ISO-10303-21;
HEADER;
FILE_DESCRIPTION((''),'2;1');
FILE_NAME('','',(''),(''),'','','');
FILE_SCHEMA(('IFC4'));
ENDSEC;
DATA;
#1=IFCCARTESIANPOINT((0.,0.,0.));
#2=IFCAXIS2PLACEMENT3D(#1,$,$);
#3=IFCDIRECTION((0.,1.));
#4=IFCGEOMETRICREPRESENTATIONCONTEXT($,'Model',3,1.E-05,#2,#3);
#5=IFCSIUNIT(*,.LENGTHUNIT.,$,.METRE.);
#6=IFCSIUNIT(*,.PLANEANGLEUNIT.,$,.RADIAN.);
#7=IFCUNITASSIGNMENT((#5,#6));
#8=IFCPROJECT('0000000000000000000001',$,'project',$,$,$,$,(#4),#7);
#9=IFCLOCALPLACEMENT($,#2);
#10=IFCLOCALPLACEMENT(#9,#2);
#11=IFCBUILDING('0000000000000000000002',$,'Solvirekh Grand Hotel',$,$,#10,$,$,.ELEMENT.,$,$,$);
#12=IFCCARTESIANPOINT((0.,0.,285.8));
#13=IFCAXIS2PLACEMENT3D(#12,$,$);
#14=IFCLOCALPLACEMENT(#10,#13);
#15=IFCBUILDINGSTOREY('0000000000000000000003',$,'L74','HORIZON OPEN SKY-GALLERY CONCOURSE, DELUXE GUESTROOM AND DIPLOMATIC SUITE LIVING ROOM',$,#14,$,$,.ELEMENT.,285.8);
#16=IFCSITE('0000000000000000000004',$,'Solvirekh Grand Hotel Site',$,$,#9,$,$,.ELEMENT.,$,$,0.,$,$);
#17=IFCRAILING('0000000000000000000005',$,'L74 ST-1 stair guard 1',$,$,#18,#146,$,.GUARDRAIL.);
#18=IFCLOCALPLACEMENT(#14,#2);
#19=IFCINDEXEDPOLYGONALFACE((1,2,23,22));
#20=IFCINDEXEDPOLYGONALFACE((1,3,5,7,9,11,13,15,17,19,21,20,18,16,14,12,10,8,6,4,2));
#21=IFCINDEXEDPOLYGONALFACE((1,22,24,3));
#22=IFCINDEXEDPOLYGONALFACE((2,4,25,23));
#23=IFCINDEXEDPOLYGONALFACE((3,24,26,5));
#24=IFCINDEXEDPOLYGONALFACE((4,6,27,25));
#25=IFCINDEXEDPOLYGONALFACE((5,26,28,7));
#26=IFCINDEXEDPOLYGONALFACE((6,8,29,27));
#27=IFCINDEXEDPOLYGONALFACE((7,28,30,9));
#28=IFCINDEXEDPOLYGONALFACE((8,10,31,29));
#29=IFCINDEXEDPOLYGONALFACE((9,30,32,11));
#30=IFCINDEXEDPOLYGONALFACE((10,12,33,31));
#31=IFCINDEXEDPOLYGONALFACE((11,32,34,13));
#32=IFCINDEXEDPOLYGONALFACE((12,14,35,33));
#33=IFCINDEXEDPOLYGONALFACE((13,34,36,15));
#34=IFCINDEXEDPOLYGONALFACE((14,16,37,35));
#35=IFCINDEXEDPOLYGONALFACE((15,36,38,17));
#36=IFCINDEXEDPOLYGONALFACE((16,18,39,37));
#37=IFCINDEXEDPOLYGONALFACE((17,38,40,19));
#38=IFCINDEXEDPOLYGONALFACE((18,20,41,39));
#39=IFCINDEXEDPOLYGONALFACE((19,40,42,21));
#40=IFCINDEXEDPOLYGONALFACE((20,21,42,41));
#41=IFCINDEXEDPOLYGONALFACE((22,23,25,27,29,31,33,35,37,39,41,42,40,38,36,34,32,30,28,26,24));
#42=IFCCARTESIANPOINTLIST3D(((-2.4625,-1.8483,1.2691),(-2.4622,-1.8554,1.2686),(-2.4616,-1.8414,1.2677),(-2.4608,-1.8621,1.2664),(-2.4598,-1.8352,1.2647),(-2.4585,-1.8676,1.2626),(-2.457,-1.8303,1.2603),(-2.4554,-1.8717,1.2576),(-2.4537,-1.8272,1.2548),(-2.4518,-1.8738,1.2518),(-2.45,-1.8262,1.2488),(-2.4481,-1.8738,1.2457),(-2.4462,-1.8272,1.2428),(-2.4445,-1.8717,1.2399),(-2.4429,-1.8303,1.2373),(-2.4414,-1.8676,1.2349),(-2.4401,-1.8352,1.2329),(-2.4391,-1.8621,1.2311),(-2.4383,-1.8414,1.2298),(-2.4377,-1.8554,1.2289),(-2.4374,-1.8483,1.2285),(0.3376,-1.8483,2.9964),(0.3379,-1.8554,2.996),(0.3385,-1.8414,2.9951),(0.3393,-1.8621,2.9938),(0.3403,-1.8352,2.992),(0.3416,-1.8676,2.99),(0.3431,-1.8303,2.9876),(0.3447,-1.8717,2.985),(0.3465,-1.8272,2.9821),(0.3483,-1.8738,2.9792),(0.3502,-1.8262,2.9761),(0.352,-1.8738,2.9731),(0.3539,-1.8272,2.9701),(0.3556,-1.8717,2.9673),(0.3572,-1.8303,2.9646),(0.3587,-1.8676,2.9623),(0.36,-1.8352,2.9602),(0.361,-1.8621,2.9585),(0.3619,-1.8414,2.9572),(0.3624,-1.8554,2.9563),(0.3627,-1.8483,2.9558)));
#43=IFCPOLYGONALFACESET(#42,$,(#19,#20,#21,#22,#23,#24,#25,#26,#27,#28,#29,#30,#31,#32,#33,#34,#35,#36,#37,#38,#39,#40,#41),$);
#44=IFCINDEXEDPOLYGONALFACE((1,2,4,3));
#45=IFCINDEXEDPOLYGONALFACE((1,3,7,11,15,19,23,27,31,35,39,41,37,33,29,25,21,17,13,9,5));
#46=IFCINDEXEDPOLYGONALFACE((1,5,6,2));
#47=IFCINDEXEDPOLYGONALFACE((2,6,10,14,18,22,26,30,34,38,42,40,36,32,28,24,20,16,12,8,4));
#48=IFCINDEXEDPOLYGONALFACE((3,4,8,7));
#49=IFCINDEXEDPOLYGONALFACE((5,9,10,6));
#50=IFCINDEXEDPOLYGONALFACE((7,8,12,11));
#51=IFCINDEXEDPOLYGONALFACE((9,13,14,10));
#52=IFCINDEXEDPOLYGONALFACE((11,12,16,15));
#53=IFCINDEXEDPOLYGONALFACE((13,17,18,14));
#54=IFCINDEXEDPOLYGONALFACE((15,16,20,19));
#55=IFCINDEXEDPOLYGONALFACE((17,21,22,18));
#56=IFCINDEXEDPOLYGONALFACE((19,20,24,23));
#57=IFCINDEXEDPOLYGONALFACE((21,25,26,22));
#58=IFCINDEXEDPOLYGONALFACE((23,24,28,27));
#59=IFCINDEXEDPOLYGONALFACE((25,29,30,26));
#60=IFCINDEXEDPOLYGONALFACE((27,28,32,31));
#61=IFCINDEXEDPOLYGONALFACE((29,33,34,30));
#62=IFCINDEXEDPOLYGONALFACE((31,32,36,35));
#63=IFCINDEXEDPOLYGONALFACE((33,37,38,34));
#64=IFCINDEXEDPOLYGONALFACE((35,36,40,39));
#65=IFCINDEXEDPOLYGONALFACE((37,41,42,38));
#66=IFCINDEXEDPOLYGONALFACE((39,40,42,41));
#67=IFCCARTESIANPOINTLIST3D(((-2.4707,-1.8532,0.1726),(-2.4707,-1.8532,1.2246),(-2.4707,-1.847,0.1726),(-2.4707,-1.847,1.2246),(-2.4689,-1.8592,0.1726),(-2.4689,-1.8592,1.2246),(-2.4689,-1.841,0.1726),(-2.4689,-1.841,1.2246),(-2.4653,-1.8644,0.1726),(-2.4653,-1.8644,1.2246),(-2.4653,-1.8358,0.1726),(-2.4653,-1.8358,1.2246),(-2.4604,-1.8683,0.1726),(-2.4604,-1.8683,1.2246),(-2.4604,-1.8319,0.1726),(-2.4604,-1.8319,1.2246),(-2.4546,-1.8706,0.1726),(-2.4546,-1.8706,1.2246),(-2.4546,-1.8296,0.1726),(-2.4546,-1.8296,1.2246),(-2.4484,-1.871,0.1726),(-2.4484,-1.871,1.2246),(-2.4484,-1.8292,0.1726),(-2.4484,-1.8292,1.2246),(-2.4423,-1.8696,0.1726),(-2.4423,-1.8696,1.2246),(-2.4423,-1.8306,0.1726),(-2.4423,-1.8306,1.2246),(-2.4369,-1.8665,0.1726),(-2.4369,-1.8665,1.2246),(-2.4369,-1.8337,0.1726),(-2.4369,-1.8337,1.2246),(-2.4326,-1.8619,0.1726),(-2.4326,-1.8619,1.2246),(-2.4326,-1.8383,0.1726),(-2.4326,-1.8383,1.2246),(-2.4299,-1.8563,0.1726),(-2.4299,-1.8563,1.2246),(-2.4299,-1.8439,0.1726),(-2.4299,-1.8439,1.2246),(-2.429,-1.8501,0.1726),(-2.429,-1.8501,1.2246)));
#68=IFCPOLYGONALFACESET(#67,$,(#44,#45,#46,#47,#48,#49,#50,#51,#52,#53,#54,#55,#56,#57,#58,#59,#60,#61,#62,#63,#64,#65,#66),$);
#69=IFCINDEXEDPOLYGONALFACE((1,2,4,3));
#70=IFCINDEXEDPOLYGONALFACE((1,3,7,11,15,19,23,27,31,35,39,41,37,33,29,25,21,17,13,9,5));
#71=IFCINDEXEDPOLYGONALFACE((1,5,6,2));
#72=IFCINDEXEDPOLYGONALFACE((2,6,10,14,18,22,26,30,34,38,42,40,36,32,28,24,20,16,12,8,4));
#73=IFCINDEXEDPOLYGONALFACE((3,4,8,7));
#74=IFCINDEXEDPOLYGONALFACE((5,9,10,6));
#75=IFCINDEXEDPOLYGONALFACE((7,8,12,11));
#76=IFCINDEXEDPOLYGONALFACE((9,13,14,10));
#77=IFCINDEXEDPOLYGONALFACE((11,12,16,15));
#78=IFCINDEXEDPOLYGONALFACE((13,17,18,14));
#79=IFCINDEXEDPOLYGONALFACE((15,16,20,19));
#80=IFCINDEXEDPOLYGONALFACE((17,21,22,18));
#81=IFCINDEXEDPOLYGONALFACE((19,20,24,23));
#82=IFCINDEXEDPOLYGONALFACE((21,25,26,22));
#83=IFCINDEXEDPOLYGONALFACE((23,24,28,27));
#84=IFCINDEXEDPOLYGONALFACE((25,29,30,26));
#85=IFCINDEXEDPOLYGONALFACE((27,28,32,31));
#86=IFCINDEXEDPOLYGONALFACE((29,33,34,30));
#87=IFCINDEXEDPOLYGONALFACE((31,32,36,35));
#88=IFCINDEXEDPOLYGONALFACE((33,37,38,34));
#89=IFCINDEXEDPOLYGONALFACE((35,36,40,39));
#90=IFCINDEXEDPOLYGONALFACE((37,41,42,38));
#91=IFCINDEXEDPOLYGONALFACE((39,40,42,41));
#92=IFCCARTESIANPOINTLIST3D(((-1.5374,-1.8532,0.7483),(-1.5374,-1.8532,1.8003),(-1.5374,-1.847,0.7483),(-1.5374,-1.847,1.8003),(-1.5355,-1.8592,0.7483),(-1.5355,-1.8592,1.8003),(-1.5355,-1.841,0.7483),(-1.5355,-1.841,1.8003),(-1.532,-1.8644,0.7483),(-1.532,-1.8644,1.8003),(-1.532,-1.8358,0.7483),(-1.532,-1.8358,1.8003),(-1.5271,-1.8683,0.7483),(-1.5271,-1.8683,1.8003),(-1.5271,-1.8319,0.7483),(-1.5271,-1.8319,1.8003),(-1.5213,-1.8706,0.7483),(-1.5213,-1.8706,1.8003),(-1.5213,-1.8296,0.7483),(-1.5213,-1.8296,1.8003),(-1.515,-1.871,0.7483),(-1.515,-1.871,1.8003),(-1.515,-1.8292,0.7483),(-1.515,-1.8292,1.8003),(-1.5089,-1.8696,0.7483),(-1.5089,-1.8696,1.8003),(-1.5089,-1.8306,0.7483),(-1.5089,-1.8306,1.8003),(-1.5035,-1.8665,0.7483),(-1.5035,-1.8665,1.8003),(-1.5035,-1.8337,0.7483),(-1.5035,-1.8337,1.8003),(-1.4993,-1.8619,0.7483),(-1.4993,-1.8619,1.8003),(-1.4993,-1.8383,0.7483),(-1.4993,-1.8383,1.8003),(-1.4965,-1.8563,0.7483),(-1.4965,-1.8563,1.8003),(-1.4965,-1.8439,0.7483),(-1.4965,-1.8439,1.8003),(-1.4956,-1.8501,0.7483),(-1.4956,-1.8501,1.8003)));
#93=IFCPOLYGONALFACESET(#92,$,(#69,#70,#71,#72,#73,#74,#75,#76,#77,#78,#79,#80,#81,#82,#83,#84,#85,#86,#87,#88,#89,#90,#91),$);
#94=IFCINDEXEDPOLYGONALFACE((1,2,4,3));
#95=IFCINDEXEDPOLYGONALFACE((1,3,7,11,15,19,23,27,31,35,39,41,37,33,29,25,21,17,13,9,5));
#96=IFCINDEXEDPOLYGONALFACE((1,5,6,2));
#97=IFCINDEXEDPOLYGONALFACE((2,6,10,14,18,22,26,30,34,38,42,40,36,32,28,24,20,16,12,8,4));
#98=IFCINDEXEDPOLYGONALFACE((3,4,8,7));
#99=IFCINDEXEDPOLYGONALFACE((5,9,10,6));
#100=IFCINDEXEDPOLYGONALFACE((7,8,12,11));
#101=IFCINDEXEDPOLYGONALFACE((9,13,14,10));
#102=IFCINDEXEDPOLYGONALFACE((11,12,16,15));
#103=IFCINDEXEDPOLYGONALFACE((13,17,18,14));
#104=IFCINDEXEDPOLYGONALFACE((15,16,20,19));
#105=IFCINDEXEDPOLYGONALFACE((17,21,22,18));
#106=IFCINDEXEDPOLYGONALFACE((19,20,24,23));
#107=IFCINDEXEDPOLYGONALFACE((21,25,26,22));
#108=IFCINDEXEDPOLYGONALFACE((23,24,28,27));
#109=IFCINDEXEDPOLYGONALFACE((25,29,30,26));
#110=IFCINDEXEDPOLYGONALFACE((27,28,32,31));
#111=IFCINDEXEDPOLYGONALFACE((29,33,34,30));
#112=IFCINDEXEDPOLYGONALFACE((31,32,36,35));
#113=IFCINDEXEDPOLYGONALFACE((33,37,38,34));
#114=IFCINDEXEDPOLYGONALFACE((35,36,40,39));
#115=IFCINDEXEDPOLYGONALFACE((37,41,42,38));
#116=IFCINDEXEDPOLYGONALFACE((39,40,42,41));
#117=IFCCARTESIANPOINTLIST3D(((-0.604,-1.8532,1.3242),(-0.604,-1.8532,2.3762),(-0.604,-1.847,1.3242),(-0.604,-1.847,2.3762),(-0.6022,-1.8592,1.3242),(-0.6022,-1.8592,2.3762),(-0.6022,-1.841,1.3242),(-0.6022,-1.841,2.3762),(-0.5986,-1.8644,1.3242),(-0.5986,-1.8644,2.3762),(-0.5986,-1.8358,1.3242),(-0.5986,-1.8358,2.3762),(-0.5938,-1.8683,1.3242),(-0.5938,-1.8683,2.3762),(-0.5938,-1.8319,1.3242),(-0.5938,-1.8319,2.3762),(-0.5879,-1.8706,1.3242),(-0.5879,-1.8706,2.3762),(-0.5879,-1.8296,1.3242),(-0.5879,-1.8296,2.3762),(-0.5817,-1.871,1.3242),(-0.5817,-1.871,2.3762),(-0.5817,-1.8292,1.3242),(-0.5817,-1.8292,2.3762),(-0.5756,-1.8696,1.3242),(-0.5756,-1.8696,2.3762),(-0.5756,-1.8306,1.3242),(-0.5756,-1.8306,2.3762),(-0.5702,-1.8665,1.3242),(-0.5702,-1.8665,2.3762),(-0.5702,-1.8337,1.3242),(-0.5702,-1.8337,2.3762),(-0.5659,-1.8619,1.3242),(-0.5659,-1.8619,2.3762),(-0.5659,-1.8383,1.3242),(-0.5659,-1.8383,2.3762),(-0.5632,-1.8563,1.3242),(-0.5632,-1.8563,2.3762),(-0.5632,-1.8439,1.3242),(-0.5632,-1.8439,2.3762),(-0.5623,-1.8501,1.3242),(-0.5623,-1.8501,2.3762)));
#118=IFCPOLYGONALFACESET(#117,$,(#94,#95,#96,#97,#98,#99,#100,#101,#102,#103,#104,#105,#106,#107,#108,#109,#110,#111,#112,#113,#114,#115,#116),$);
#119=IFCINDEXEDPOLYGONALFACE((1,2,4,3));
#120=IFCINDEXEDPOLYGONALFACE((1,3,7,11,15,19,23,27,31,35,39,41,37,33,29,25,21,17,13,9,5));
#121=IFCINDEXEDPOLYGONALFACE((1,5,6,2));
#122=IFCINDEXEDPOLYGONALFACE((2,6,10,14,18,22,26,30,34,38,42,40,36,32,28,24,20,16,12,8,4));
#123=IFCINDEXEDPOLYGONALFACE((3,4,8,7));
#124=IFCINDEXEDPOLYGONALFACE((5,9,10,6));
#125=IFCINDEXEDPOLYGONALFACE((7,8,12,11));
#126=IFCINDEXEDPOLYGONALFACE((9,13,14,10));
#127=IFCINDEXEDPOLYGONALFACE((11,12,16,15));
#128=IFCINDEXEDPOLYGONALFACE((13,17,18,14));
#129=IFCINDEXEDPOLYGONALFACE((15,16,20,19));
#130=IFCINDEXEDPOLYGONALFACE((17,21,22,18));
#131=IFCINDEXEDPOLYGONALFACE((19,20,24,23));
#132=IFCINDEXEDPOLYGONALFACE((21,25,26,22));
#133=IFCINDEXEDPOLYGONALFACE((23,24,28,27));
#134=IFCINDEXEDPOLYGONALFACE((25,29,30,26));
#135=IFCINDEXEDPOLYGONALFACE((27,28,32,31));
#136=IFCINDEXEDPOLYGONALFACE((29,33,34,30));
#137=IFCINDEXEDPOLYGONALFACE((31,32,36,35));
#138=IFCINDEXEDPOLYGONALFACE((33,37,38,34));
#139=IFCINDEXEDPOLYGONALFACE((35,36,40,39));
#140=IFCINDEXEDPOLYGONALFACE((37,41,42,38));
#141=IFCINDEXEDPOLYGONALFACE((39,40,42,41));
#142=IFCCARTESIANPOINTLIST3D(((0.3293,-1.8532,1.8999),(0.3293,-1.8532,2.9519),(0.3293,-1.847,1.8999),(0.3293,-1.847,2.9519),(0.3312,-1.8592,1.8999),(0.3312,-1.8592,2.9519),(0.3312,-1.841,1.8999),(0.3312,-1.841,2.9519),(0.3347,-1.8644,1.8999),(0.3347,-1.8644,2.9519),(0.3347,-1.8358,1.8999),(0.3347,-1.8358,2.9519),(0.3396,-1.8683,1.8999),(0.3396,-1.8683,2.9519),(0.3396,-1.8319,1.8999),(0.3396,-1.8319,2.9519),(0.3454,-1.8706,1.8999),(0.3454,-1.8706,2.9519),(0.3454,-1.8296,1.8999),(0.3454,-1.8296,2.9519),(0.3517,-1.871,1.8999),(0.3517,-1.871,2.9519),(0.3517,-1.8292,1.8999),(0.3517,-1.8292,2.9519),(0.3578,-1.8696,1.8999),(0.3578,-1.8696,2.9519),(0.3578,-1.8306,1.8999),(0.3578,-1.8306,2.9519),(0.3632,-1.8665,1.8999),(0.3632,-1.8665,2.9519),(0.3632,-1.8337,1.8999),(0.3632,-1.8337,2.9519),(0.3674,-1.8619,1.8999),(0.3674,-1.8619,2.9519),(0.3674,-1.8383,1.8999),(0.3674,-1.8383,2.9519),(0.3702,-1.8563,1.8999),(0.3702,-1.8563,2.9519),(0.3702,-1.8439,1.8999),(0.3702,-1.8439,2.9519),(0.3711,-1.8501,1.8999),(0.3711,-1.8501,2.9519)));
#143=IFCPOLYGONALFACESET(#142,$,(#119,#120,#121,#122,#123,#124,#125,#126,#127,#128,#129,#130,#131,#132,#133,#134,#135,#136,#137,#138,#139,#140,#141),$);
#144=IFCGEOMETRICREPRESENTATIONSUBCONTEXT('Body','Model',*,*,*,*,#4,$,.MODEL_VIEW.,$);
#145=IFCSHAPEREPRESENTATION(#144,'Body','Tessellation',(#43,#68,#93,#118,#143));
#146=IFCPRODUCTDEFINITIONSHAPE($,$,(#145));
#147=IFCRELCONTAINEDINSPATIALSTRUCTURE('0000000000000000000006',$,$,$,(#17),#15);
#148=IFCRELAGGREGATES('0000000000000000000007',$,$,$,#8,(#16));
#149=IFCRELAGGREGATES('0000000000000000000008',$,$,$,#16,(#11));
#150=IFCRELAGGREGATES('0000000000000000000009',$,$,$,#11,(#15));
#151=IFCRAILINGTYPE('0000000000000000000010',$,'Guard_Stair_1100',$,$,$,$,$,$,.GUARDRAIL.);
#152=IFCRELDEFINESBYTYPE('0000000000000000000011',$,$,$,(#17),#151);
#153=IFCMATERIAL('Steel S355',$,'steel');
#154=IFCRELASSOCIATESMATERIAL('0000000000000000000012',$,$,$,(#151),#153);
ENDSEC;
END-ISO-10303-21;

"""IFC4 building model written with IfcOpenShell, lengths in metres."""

from ifc_helpers import new_model, si_unit, direction, frame, origin, origin_2d, place, context, subcontext, project, spatial, circle, extrude, material, type_object, element, save


model = new_model("IFC4")

# Units and contexts
model_context = context("Model", 3, precision=1e-05, world=origin(), true_north=direction((0.0, 1.0)))
body_context = subcontext(model_context, "Body", "Model", "MODEL_VIEW")
ifc_project = project(units=[si_unit("LENGTHUNIT", "METRE"), si_unit("PLANEANGLEUNIT", "RADIAN")], contexts=[model_context])

# Site, building, storey
site_placement = place(None, origin())
site = spatial("IfcSite", under=ifc_project, at=site_placement, Name="Solvirekh Grand Hotel Site", CompositionType="ELEMENT", RefElevation=0.0)
building_placement = place(site_placement, origin())
building = spatial("IfcBuilding", under=site, at=building_placement, Name="Solvirekh Grand Hotel", CompositionType="ELEMENT")
storey_placement = place(building_placement, frame((0.0, 0.0, 285.8)))
storey = spatial("IfcBuildingStorey", under=building, at=storey_placement, Name="L74", Description="HORIZON OPEN SKY-GALLERY CONCOURSE, DELUXE GUESTROOM AND DIPLOMATIC SUITE LIVING ROOM", CompositionType="ELEMENT", Elevation=285.8)

# Railing
ifc_material_1 = material(Name="Steel S355", Category="steel")
railing_type_1 = type_object("IfcRailingType", Name="Guard_Stair_1100", PredefinedType="GUARDRAIL", material=ifc_material_1)
railing_1_placement = place(storey_placement, frame((-2.45, -1.8501, 0.1726)))
element("IfcRailing", 1, at=railing_1_placement, inside=storey, type_object=railing_type_1, Name="L74 ST-1 stair guard 1", PredefinedType="GUARDRAIL", context=body_context, shape_type="SweptSolid", body=[
    extrude(circle(Radius=0.0239, at=origin_2d()), frame((0.0, 0.0, 1.0762), z_axis=(0.85109, 0.0, 0.52502), x_axis=(0.0, 1.0, 0.0)), (0.0, 0.0, 1.0), 3.29),
    extrude(circle(Radius=0.021, at=origin_2d()), origin(), (0.0, 0.0, 1.0), 1.052),
    extrude(circle(Radius=0.021, at=origin_2d()), frame((0.9333, 0.0, 0.5757)), (0.0, 0.0, 1.0), 1.052),
    extrude(circle(Radius=0.021, at=origin_2d()), frame((1.8667, 0.0, 1.1516)), (0.0, 0.0, 1.0), 1.052),
    extrude(circle(Radius=0.021, at=origin_2d()), frame((2.8, 0.0, 1.7273)), (0.0, 0.0, 1.0), 1.052),
])

save(model, "model.ifc")
